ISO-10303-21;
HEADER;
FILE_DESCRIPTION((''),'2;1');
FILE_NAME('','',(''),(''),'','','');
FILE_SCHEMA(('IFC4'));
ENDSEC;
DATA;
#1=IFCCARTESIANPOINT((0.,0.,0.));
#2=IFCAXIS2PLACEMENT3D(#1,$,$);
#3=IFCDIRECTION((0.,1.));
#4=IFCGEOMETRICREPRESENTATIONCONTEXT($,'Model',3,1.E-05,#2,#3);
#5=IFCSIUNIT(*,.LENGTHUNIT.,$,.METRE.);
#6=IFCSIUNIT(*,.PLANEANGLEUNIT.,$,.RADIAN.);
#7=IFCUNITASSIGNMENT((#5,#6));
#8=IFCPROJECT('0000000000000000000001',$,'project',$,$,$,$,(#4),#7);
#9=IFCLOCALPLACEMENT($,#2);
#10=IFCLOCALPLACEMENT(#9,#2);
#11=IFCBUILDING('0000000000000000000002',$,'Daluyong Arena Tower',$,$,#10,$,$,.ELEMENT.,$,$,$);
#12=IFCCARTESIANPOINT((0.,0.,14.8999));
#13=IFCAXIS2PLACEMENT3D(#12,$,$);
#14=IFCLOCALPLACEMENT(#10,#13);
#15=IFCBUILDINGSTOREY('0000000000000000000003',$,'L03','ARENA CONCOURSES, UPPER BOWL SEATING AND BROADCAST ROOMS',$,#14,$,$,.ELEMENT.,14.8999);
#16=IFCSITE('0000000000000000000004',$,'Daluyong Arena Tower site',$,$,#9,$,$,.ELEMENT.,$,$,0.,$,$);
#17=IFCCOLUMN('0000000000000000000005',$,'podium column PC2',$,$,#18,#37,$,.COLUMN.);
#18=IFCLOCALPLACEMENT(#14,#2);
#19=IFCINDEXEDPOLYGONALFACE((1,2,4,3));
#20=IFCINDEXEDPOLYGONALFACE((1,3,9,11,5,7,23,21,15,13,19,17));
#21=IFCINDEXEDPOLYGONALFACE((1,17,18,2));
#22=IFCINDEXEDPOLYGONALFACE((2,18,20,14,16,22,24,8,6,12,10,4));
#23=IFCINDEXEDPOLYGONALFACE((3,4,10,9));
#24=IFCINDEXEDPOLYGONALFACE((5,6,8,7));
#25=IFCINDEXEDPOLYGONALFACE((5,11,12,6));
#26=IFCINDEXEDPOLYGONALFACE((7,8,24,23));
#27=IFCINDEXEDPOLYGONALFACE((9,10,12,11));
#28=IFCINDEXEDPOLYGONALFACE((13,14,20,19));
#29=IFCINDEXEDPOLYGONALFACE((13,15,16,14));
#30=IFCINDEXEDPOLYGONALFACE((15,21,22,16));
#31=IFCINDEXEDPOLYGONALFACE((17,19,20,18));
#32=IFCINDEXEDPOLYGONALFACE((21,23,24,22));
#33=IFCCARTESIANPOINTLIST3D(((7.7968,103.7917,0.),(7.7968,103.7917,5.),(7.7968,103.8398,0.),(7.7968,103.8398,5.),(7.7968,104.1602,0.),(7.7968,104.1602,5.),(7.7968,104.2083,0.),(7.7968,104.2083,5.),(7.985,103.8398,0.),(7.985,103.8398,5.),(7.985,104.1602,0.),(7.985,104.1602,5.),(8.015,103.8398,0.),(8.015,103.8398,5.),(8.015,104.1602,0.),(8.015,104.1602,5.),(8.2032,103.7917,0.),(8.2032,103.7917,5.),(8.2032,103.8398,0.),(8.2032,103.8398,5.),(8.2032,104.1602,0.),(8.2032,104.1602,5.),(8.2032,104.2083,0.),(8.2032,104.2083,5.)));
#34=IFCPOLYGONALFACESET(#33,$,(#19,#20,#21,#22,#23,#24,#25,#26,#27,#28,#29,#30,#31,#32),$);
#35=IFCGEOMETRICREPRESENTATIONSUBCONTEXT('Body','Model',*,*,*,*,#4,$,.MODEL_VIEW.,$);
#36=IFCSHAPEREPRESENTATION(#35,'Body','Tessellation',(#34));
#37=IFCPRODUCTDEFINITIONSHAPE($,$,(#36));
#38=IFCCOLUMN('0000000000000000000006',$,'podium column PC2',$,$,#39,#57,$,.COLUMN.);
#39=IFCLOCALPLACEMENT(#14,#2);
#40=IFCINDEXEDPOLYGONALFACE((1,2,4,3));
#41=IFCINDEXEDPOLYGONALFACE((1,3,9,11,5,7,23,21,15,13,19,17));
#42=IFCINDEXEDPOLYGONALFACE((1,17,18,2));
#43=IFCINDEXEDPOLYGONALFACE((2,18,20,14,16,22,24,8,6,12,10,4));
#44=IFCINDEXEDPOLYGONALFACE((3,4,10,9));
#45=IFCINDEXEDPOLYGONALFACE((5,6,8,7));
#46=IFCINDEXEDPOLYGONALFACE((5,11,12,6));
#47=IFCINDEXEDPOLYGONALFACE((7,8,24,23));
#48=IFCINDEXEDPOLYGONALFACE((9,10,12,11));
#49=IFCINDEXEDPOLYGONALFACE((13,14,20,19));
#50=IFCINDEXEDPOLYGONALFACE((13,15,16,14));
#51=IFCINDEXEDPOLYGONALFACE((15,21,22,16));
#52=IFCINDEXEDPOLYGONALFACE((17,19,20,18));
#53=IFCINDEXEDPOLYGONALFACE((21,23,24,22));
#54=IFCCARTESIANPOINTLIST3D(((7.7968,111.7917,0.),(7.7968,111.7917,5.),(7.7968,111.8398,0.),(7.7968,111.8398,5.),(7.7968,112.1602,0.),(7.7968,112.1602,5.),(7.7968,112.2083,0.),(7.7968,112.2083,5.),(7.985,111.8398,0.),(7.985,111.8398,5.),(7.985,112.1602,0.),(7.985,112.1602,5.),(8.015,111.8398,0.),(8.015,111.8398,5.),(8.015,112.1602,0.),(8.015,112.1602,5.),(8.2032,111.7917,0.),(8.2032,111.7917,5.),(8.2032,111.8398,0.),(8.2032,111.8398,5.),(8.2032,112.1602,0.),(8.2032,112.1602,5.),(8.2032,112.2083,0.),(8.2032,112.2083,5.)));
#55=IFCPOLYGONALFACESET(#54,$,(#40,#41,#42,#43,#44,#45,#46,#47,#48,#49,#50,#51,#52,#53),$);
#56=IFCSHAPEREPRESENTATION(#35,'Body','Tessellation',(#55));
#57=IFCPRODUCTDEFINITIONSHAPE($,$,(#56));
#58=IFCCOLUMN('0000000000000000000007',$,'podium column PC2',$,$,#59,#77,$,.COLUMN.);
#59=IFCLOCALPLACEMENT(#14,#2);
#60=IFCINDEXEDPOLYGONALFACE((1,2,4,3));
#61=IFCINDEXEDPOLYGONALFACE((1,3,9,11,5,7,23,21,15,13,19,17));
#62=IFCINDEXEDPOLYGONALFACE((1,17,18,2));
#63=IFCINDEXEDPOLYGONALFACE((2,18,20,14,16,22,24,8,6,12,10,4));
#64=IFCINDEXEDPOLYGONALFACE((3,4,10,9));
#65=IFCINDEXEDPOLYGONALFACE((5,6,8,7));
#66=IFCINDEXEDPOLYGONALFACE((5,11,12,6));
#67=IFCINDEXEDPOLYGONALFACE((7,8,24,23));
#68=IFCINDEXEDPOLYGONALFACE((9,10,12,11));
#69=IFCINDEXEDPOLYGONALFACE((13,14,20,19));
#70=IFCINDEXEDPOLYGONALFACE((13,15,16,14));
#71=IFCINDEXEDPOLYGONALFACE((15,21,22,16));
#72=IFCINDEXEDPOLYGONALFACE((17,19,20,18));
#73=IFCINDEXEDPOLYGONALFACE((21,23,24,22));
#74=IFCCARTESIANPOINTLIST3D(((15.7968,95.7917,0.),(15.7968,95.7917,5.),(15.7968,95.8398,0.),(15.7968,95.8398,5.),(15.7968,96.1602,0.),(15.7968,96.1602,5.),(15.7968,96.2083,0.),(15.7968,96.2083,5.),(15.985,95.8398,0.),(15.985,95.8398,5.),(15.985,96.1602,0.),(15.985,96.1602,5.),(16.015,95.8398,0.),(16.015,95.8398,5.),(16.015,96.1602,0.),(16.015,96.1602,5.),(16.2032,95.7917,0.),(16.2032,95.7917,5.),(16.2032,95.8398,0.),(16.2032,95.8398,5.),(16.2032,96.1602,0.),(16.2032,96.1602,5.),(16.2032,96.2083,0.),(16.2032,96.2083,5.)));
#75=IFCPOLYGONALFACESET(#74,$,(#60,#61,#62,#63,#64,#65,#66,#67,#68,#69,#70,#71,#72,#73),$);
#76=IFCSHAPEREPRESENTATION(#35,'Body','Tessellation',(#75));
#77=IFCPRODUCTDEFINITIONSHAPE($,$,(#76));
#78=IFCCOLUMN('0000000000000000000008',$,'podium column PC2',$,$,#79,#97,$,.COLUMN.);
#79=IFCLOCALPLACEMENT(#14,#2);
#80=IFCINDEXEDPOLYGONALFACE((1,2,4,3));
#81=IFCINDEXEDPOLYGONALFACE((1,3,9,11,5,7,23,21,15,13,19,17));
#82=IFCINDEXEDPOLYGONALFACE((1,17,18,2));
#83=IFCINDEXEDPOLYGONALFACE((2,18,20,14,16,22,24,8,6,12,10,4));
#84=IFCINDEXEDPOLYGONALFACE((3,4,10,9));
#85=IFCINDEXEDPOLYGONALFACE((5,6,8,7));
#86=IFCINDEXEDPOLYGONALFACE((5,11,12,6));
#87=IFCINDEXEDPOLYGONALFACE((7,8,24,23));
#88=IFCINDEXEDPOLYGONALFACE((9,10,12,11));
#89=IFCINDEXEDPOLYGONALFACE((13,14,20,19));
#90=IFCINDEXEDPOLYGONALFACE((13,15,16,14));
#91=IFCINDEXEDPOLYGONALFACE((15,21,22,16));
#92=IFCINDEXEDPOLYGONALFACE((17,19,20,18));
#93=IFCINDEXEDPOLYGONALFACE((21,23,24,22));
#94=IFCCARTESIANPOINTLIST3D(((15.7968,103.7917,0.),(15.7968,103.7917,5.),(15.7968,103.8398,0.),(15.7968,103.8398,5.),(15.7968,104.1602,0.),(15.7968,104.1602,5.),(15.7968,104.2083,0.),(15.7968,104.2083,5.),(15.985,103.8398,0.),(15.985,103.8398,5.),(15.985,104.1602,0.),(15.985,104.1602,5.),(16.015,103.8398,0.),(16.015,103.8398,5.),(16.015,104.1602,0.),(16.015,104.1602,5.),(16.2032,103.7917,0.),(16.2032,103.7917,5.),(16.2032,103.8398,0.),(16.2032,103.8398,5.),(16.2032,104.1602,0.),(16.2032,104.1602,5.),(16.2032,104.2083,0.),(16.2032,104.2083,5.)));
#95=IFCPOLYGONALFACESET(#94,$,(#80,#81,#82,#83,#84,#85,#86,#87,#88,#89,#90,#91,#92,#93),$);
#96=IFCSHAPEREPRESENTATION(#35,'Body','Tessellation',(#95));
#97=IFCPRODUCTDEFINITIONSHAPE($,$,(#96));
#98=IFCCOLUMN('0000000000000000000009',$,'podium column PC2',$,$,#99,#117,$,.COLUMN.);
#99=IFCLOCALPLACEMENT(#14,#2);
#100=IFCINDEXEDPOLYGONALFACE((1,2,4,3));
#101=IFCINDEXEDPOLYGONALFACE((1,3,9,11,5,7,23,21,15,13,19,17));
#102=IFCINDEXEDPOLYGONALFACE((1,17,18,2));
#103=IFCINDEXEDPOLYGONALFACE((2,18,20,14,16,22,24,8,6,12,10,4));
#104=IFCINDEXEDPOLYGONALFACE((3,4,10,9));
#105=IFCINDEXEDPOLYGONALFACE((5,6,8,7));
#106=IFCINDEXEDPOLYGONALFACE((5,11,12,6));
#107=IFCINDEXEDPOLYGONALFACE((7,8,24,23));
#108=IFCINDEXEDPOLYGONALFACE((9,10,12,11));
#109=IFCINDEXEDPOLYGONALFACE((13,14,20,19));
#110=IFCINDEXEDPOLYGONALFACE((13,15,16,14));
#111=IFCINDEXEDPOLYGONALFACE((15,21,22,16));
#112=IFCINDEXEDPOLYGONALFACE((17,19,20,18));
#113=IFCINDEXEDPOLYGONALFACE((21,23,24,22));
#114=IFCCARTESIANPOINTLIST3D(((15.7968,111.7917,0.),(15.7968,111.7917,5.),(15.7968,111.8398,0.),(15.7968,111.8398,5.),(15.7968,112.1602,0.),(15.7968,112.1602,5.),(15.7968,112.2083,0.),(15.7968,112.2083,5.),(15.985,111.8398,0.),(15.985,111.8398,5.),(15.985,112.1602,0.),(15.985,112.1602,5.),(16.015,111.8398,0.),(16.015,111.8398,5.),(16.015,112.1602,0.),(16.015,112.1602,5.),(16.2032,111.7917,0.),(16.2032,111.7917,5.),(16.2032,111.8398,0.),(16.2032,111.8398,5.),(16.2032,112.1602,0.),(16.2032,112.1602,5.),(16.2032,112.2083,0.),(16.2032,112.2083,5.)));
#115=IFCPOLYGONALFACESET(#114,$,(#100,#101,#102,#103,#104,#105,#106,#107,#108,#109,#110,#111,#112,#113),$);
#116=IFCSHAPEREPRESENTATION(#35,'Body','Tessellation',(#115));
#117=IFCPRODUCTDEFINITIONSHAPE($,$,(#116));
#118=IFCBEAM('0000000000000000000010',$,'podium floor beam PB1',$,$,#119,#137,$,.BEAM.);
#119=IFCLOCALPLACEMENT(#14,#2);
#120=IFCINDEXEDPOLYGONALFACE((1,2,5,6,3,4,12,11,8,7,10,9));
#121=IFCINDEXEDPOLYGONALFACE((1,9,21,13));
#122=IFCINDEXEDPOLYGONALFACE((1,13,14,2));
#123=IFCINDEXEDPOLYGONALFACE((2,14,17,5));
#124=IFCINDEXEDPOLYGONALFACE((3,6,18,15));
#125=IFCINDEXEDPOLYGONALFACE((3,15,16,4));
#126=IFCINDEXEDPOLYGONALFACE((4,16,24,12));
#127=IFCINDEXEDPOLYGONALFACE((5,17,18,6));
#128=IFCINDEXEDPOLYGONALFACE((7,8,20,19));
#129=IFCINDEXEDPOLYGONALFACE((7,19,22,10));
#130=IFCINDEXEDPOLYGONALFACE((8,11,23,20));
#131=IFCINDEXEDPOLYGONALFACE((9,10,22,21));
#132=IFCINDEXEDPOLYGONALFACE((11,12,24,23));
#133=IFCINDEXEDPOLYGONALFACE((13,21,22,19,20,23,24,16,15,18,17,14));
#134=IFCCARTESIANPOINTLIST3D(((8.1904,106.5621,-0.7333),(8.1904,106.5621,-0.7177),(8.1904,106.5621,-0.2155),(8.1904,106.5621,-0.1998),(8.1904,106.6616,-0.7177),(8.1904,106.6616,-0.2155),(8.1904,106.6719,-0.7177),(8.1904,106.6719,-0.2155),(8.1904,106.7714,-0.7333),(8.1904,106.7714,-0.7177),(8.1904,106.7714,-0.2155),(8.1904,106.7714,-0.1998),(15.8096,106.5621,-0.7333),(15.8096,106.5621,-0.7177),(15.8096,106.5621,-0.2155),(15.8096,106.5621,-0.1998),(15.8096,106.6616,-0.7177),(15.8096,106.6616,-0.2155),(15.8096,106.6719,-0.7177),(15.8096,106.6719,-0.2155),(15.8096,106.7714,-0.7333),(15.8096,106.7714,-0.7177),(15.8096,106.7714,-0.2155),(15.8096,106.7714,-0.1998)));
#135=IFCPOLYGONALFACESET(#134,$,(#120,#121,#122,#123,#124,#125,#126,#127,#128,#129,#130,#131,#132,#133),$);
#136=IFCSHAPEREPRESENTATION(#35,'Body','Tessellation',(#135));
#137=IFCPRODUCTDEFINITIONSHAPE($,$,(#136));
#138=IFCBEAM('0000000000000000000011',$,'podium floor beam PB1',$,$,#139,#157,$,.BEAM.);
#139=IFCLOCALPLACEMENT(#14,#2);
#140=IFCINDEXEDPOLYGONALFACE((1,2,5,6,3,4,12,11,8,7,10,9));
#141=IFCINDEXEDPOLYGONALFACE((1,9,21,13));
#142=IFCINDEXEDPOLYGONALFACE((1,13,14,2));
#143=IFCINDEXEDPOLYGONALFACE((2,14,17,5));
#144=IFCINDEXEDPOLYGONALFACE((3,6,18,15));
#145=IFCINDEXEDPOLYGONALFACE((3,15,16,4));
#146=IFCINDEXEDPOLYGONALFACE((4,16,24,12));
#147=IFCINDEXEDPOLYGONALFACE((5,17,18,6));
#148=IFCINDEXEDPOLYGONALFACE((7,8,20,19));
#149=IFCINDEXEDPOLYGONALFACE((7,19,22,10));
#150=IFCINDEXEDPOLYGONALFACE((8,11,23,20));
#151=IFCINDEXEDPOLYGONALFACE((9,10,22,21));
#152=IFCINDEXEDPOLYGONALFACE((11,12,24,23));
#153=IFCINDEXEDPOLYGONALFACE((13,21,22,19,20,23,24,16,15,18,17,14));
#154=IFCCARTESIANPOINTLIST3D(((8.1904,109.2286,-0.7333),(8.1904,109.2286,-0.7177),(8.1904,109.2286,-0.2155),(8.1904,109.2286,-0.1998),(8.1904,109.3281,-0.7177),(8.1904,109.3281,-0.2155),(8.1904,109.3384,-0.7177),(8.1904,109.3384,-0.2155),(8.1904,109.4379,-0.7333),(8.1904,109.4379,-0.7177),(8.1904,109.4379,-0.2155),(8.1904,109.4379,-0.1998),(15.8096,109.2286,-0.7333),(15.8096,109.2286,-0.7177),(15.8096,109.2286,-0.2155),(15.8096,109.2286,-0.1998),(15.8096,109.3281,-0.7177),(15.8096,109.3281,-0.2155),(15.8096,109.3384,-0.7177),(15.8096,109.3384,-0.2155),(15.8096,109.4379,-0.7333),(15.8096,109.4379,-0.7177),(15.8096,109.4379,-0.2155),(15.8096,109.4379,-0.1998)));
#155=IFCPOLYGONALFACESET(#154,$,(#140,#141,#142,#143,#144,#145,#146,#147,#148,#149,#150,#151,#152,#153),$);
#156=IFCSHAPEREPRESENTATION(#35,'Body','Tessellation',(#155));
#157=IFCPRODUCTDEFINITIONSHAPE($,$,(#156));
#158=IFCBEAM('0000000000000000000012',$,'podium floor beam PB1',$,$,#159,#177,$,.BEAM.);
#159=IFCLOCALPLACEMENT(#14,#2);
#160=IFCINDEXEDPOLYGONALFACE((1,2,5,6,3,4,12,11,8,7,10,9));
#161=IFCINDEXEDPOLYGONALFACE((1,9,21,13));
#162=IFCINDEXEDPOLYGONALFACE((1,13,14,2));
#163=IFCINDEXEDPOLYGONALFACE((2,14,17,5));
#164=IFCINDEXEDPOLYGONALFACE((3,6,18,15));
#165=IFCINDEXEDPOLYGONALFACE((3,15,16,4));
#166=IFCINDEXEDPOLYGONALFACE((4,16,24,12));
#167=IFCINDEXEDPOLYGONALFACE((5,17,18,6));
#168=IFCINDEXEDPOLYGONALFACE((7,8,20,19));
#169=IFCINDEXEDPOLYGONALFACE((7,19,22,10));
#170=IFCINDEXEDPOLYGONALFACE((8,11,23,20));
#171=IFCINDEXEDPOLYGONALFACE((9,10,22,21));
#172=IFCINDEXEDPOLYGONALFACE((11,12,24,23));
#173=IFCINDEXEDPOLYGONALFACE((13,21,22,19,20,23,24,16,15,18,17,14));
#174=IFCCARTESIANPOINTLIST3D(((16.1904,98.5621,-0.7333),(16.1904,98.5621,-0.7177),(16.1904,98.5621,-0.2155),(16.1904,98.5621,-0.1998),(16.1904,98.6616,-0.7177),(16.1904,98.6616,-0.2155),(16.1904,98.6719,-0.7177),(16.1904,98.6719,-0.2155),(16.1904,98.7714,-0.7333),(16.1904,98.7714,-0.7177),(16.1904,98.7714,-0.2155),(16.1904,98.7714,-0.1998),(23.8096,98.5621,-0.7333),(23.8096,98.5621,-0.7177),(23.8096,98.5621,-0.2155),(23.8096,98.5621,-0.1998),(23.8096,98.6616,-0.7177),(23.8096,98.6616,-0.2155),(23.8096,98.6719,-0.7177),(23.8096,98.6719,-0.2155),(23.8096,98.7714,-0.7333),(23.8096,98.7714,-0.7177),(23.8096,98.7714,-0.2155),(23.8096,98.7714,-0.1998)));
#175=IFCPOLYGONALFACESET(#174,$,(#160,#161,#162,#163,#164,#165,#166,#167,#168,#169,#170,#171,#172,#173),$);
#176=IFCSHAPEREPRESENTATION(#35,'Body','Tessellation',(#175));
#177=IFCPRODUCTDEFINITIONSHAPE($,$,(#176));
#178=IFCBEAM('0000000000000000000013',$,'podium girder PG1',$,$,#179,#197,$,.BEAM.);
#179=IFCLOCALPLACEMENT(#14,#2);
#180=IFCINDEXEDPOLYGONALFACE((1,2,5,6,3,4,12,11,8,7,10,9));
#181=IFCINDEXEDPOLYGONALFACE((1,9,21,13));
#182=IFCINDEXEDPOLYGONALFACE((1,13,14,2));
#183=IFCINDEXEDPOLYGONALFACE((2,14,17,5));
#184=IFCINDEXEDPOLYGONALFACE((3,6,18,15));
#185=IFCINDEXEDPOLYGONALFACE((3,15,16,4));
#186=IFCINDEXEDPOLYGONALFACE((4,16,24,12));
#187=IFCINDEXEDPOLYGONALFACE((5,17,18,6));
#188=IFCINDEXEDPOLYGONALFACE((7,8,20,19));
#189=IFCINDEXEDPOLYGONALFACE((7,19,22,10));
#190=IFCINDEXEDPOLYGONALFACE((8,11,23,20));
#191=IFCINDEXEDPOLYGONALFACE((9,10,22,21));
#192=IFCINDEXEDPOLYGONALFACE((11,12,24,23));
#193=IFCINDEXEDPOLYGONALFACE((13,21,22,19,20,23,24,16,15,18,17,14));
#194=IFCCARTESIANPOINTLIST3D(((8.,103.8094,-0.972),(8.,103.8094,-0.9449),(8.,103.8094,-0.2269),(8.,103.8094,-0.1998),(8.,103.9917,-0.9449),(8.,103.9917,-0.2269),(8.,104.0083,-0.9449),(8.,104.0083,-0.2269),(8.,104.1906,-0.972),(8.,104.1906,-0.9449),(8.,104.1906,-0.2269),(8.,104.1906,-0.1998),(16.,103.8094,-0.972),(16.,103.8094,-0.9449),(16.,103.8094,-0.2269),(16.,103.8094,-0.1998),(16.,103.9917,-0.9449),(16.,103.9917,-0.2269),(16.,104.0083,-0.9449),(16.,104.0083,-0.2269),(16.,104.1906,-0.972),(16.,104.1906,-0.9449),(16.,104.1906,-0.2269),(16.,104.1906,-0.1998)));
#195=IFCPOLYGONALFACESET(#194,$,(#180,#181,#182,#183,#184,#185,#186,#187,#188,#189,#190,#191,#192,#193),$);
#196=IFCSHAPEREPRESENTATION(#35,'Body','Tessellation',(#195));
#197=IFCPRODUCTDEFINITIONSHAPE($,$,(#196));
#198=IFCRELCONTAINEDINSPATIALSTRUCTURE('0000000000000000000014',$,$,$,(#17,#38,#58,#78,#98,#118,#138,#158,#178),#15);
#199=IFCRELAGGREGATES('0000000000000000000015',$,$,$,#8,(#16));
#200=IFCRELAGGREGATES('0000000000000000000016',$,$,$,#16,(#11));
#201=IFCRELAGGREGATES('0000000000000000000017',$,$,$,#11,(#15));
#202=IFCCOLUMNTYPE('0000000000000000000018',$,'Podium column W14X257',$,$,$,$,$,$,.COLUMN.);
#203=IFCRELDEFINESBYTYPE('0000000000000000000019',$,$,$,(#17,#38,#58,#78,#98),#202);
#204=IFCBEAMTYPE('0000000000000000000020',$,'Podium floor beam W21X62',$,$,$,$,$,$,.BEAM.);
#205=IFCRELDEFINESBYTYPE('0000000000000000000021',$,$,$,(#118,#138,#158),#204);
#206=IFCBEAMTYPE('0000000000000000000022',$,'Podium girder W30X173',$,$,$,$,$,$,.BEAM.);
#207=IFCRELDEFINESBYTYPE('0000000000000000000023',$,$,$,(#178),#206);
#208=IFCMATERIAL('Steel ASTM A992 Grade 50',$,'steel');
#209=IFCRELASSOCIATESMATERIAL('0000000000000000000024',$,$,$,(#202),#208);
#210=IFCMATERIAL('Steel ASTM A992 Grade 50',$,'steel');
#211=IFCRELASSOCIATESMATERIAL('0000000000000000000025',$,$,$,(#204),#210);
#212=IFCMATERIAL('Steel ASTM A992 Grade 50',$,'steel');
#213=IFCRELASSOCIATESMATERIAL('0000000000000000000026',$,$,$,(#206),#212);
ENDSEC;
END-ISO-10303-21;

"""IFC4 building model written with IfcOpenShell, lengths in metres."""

from ifc_helpers import new_model, si_unit, direction, frame, origin, origin_2d, place, context, subcontext, project, spatial, i_section, extrude, material, material_profile, profile_set, type_object, element, save


model = new_model("IFC4")

# Units and contexts
model_context = context("Model", 3, precision=1e-05, world=origin(), true_north=direction((0.0, 1.0)))
body_context = subcontext(model_context, "Body", "Model", "MODEL_VIEW")
ifc_project = project(units=[si_unit("LENGTHUNIT", "METRE"), si_unit("PLANEANGLEUNIT", "RADIAN")], contexts=[model_context])

# Site, building, storey
site_placement = place(None, origin())
site = spatial("IfcSite", under=ifc_project, at=site_placement, Name="Daluyong Arena Tower site", CompositionType="ELEMENT", RefElevation=0.0)
building_placement = place(site_placement, origin())
building = spatial("IfcBuilding", under=site, at=building_placement, Name="Daluyong Arena Tower", CompositionType="ELEMENT")
storey_placement = place(building_placement, frame((0.0, 0.0, 14.8999)))
storey = spatial("IfcBuildingStorey", under=building, at=storey_placement, Name="L03", Description="ARENA CONCOURSES, UPPER BOWL SEATING AND BROADCAST ROOMS", CompositionType="ELEMENT", Elevation=14.8999)

# Columns
ifc_material_1 = material(Name="Steel ASTM A992 Grade 50", Category="steel")
ifc_material_profile_1 = material_profile(ifc_material_1, i_section(OverallWidth=0.4065, OverallDepth=0.4165, WebThickness=0.03, FlangeThickness=0.0481, at=origin_2d()))
ifc_profile_set_1 = profile_set([ifc_material_profile_1], Name="Steel ASTM A992 Grade 50")
column_type = type_object("IfcColumnType", Name="Podium column W14X257", PredefinedType="COLUMN", material=ifc_profile_set_1)
for number, where, z_axis, x_axis, name in (
    (1, (8.0, 104.0, 0.0), (0.0, 0.0, 1.0), (1.0, 0.0, 0.0), "podium column PC2"),
    (2, (8.0, 112.0, 0.0), (0.0, 0.0, 1.0), (1.0, 0.0, 0.0), "podium column PC2"),
    (3, (16.0, 96.0, 0.0), (0.0, 0.0, 1.0), (1.0, 0.0, 0.0), "podium column PC2"),
    (4, (16.0, 104.0, 0.0), (0.0, 0.0, 1.0), (1.0, 0.0, 0.0), "podium column PC2"),
    (5, (16.0, 112.0, 0.0), (0.0, 0.0, 1.0), (1.0, 0.0, 0.0), "podium column PC2"),
):
    element("IfcColumn", number, at=place(storey_placement, frame(where, z_axis=z_axis, x_axis=x_axis)), inside=storey, type_object=column_type, Name=name, PredefinedType="COLUMN", context=body_context, shape_type="SweptSolid", body=[
        extrude(i_section(OverallWidth=0.4065, OverallDepth=0.4165, WebThickness=0.03, FlangeThickness=0.0481, at=origin_2d()), origin(), (0.0, 0.0, 1.0), 5.0),
    ])

# Beams
ifc_material_2 = material(Name="Steel ASTM A992 Grade 50", Category="steel")
ifc_material_profile_2 = material_profile(ifc_material_2, i_section(OverallWidth=0.2092, OverallDepth=0.5334, WebThickness=0.0103, FlangeThickness=0.0156, at=origin_2d()))
ifc_profile_set_2 = profile_set([ifc_material_profile_2], Name="Steel ASTM A992 Grade 50")
beam_type_1 = type_object("IfcBeamType", Name="Podium floor beam W21X62", PredefinedType="BEAM", material=ifc_profile_set_2)
for number, where, z_axis, x_axis, name in (
    (6, (8.1904, 106.6667, -0.4666), (1.0, 0.0, 0.0), (0.0, 1.0, 0.0), "podium floor beam PB1"),
    (7, (8.1904, 109.3333, -0.4666), (1.0, 0.0, 0.0), (0.0, 1.0, 0.0), "podium floor beam PB1"),
    (8, (16.1904, 98.6667, -0.4666), (1.0, 0.0, 0.0), (0.0, 1.0, 0.0), "podium floor beam PB1"),
):
    element("IfcBeam", number, at=place(storey_placement, frame(where, z_axis=z_axis, x_axis=x_axis)), inside=storey, type_object=beam_type_1, Name=name, PredefinedType="BEAM", context=body_context, shape_type="SweptSolid", body=[
        extrude(i_section(OverallWidth=0.2092, OverallDepth=0.5334, WebThickness=0.0103, FlangeThickness=0.0156, at=origin_2d()), origin(), (0.0, 0.0, 1.0), 7.6191),
    ])
ifc_material_3 = material(Name="Steel ASTM A992 Grade 50", Category="steel")
ifc_material_profile_3 = material_profile(ifc_material_3, i_section(OverallWidth=0.3811, OverallDepth=0.7722, WebThickness=0.0166, FlangeThickness=0.0271, at=origin_2d()))
ifc_profile_set_3 = profile_set([ifc_material_profile_3], Name="Steel ASTM A992 Grade 50")
beam_type_2 = type_object("IfcBeamType", Name="Podium girder W30X173", PredefinedType="BEAM", material=ifc_profile_set_3)
for number, where, z_axis, x_axis, name in (
    (9, (8.0, 104.0, -0.5859), (1.0, 0.0, 0.0), (0.0, 1.0, 0.0), "podium girder PG1"),
):
    element("IfcBeam", number, at=place(storey_placement, frame(where, z_axis=z_axis, x_axis=x_axis)), inside=storey, type_object=beam_type_2, Name=name, PredefinedType="BEAM", context=body_context, shape_type="SweptSolid", body=[
        extrude(i_section(OverallWidth=0.3811, OverallDepth=0.7722, WebThickness=0.0166, FlangeThickness=0.0271, at=origin_2d()), origin(), (0.0, 0.0, 1.0), 8.0),
    ])

save(model, "model.ifc")
